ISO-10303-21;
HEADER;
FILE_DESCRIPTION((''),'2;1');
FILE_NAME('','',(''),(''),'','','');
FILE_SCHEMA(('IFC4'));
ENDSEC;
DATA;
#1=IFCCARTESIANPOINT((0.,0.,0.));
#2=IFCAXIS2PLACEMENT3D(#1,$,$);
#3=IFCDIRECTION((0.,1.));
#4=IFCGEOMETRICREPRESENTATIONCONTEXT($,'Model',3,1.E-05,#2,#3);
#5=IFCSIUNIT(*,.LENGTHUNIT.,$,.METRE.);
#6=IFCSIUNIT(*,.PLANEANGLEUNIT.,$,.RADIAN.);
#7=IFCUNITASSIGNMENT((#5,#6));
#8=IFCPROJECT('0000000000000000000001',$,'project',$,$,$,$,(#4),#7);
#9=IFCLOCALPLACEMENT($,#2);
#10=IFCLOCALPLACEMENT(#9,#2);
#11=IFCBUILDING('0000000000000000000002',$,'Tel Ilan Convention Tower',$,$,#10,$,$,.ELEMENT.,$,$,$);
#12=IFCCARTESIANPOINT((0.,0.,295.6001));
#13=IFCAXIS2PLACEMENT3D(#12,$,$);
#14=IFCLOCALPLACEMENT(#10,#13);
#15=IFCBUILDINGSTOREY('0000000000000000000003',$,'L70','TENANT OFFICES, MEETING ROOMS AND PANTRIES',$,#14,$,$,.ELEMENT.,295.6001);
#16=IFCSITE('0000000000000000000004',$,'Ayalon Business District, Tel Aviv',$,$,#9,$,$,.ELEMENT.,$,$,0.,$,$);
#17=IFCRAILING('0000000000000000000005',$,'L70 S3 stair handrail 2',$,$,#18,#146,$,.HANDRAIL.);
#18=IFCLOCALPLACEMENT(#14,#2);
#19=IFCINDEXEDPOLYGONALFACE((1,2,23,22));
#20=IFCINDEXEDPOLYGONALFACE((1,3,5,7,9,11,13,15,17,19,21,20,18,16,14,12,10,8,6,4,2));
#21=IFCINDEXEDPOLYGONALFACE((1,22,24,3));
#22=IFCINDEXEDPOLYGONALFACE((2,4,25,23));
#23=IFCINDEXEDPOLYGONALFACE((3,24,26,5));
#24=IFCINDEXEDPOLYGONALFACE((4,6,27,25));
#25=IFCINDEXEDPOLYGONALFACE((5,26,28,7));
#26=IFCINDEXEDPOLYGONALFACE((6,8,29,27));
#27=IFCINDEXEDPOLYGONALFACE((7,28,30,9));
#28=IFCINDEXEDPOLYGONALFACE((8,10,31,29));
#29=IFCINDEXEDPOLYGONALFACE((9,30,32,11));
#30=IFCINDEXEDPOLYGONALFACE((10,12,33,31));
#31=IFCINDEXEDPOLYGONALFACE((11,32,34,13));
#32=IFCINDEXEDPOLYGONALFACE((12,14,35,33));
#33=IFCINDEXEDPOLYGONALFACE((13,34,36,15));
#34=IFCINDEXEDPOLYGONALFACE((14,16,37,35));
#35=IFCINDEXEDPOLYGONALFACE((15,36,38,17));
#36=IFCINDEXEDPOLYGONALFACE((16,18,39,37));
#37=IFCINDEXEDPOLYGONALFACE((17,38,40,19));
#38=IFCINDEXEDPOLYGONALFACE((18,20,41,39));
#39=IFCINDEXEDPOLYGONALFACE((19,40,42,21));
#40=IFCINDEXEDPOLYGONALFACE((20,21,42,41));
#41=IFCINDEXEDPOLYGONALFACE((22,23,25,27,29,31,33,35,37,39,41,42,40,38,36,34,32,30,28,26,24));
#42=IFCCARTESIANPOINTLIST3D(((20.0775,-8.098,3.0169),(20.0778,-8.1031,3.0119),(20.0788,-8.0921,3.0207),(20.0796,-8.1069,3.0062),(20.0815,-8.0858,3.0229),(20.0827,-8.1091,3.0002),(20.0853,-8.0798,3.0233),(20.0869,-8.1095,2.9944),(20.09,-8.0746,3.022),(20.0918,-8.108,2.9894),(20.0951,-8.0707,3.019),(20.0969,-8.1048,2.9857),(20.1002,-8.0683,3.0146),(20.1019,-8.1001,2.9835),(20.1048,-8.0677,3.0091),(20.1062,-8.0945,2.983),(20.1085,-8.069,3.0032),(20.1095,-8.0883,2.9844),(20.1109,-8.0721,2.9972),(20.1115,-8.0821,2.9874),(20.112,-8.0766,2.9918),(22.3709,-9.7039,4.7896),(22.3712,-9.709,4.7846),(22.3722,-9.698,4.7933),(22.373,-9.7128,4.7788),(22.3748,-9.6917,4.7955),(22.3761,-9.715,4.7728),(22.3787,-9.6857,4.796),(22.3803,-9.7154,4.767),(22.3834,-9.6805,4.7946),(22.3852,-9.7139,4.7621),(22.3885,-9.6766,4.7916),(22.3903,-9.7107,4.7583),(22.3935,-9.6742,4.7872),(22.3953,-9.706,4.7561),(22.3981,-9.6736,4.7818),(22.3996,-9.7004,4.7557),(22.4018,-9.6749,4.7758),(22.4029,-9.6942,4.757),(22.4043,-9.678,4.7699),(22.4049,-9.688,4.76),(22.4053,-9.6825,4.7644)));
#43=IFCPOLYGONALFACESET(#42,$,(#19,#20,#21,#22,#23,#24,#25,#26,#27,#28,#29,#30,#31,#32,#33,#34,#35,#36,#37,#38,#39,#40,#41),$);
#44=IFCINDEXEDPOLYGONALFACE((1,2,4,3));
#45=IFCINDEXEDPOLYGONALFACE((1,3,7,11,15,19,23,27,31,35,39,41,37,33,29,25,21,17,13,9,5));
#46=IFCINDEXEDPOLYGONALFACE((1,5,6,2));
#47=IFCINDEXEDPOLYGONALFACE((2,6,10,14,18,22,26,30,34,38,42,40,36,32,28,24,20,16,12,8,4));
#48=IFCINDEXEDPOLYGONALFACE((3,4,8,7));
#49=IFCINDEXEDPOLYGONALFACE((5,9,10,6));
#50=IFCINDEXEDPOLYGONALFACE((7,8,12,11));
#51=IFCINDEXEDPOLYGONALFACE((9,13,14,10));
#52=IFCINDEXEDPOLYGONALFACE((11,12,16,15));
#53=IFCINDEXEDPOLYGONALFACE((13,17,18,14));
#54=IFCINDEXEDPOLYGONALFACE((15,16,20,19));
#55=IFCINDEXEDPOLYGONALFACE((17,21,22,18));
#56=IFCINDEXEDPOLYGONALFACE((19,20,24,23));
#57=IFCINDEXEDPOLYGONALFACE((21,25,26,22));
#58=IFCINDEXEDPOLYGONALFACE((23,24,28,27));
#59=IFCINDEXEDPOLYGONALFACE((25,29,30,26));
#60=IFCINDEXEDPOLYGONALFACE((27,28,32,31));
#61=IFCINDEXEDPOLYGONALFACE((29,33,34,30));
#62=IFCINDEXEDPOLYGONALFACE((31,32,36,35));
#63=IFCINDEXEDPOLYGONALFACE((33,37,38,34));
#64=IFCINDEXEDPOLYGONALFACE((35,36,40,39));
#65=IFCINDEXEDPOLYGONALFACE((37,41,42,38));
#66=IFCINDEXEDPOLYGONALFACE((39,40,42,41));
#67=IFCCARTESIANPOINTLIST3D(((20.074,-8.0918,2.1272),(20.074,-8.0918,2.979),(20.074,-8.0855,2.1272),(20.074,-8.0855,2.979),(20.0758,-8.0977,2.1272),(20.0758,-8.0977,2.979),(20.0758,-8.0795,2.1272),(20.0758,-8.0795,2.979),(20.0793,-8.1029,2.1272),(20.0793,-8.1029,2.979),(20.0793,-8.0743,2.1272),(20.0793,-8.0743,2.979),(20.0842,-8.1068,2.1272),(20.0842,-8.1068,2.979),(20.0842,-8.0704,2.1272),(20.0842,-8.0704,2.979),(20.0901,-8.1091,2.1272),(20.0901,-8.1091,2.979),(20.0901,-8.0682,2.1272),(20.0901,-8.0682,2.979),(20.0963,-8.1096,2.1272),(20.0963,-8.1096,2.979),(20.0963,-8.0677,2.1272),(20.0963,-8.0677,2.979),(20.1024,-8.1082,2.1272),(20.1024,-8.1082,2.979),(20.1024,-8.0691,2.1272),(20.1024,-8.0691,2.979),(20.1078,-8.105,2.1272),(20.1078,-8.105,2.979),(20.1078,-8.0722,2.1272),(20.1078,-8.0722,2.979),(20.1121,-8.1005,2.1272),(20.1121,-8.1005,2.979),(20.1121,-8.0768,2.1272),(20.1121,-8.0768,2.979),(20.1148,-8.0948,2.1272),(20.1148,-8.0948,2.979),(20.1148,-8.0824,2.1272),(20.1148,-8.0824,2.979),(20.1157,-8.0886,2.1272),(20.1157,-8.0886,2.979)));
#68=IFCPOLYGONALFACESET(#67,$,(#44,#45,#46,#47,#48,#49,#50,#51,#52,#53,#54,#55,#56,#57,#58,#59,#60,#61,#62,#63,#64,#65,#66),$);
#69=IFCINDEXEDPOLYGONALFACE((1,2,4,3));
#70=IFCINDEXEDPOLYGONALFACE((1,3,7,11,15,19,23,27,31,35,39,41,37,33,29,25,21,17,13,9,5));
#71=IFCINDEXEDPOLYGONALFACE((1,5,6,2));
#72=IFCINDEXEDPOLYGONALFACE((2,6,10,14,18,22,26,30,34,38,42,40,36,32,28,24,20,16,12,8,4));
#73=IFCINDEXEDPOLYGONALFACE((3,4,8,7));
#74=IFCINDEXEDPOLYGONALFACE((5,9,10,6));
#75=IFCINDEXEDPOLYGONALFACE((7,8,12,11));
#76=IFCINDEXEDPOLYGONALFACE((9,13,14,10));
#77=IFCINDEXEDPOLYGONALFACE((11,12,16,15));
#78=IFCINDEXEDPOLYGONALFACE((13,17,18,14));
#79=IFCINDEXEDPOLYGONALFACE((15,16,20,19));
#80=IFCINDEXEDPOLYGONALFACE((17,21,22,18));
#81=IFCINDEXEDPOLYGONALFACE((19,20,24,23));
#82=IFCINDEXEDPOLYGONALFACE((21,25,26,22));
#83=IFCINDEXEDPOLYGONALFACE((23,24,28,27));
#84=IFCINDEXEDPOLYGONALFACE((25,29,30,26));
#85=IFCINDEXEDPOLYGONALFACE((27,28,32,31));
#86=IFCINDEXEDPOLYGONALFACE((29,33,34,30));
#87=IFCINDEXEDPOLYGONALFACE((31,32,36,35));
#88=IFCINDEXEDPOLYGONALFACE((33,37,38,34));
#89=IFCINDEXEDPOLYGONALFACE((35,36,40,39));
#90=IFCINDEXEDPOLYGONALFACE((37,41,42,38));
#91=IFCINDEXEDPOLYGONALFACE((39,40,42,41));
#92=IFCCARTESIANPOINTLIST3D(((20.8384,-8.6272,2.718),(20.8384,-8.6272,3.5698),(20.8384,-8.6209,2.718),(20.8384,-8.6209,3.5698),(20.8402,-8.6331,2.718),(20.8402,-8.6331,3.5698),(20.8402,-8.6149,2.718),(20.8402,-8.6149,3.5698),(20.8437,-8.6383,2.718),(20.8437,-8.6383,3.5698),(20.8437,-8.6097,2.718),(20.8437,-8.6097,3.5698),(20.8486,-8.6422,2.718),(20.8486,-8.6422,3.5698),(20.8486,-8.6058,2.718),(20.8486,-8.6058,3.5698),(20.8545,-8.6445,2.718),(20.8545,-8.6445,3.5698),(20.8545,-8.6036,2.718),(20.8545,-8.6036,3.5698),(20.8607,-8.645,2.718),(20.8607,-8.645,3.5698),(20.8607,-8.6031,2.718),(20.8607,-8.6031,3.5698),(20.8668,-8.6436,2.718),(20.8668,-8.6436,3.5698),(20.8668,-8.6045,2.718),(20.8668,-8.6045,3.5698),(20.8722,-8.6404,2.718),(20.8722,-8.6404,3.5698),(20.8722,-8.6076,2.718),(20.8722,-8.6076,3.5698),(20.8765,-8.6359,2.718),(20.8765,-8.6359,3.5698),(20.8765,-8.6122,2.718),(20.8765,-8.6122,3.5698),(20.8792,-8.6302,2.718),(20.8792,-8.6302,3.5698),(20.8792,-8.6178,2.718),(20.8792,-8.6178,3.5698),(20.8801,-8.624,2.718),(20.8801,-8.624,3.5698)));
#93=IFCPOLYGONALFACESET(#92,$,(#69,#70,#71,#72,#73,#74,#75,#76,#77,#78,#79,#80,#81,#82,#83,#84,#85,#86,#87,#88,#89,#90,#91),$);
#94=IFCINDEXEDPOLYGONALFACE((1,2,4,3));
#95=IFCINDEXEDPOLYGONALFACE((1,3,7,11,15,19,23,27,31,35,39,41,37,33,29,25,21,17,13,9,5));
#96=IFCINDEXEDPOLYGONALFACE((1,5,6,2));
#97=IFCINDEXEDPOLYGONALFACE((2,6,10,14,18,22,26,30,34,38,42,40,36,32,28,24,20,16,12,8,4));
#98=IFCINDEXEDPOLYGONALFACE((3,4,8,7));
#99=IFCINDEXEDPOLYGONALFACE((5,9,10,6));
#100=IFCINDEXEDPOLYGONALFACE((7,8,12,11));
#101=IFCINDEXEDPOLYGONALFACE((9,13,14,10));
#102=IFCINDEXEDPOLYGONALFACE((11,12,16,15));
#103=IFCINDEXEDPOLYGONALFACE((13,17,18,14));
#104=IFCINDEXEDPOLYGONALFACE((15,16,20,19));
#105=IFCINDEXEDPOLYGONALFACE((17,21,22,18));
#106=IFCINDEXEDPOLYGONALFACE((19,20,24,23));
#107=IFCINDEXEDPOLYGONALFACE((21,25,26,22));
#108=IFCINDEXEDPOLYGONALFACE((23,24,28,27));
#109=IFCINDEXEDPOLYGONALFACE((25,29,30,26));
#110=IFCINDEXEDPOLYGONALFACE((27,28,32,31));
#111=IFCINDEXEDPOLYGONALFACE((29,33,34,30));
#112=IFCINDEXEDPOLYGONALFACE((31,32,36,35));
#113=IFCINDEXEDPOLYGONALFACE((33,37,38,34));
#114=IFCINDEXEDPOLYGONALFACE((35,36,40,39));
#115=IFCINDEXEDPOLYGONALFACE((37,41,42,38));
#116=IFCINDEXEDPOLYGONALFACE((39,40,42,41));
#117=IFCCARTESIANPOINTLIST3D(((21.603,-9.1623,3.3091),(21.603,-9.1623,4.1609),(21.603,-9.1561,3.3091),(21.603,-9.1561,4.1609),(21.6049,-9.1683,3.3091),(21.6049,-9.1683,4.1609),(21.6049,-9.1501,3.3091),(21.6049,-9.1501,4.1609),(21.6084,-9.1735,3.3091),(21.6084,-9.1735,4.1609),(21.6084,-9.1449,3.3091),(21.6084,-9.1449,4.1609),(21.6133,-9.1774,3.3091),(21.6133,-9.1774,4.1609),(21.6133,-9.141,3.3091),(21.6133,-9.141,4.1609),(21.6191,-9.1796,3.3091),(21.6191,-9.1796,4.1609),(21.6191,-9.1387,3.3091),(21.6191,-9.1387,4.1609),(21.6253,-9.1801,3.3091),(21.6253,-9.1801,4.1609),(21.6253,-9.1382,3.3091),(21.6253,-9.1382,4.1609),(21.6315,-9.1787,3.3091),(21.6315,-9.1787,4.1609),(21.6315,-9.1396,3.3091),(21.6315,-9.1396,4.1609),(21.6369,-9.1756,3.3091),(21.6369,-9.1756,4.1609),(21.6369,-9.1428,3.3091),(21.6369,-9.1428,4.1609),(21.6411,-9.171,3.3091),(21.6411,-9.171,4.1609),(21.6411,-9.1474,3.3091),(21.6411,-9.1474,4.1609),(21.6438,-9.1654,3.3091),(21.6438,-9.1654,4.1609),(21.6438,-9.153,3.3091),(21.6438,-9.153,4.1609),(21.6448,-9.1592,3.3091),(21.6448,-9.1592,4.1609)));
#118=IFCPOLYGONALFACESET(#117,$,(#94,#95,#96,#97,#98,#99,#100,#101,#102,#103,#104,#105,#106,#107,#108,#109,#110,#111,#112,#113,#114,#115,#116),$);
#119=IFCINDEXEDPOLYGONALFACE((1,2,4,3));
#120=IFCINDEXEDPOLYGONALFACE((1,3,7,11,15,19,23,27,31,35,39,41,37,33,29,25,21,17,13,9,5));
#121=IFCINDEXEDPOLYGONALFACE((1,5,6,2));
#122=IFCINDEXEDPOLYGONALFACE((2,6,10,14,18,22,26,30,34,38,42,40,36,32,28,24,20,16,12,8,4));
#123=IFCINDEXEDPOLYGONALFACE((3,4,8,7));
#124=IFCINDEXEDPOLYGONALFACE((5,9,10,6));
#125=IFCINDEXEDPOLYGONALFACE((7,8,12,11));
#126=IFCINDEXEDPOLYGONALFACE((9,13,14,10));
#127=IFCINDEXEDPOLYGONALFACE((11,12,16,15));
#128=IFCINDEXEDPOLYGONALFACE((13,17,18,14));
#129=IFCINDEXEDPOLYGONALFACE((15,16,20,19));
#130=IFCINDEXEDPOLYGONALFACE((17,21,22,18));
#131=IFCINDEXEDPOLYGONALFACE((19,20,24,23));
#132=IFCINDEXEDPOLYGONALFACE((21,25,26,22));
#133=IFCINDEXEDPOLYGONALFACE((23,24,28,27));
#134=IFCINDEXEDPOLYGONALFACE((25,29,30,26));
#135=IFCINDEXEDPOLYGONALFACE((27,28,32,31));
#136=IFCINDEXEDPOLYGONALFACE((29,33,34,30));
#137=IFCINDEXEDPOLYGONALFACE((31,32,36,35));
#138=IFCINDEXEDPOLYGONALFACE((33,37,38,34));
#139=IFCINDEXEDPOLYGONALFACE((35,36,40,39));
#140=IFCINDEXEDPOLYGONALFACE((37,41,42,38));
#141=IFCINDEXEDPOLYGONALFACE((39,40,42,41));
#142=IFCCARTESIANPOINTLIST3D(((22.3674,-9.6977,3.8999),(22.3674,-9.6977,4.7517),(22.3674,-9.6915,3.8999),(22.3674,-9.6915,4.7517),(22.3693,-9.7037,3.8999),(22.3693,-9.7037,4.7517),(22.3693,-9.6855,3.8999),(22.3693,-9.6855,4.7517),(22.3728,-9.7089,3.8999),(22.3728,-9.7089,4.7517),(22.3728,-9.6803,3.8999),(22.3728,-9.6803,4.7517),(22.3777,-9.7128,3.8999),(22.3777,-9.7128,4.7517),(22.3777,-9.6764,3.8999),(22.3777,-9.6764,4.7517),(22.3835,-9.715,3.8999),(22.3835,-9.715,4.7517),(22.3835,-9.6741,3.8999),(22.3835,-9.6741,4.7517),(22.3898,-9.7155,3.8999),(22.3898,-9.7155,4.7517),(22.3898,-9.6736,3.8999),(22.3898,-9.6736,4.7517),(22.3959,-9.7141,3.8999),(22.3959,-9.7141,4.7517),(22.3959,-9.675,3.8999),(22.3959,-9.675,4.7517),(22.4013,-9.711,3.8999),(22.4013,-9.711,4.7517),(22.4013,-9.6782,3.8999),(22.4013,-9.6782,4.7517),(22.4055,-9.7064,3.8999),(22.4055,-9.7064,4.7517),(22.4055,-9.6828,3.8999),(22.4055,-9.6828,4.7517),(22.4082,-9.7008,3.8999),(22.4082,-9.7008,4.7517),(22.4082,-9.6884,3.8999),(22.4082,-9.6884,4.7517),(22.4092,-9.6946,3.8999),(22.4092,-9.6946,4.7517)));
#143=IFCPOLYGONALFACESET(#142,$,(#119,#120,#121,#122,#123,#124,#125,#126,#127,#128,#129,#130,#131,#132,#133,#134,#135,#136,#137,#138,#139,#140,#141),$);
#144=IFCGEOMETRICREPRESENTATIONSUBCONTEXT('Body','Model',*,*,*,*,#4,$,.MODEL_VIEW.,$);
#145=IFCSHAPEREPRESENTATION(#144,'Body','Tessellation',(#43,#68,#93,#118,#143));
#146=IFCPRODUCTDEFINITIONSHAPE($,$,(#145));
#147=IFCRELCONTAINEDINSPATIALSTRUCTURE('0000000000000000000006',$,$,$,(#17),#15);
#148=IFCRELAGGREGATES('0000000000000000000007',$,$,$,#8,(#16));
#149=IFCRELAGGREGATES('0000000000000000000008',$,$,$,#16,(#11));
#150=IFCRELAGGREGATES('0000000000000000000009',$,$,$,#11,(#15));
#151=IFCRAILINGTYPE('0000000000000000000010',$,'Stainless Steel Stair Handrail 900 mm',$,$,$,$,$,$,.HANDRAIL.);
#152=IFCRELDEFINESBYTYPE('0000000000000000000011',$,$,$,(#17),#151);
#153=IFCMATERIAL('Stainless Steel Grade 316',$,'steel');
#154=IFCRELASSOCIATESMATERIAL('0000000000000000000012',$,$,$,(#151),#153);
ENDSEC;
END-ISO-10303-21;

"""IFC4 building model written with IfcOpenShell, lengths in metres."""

from ifc_helpers import new_model, si_unit, direction, frame, origin, origin_2d, place, context, subcontext, project, spatial, circle, extrude, material, type_object, element, save


model = new_model("IFC4")

# Units and contexts
model_context = context("Model", 3, precision=1e-05, world=origin(), true_north=direction((0.0, 1.0)))
body_context = subcontext(model_context, "Body", "Model", "MODEL_VIEW")
ifc_project = project(units=[si_unit("LENGTHUNIT", "METRE"), si_unit("PLANEANGLEUNIT", "RADIAN")], contexts=[model_context])

# Site, building, storey
site_placement = place(None, origin())
site = spatial("IfcSite", under=ifc_project, at=site_placement, Name="Ayalon Business District, Tel Aviv", CompositionType="ELEMENT", RefElevation=0.0)
building_placement = place(site_placement, origin())
building = spatial("IfcBuilding", under=site, at=building_placement, Name="Tel Ilan Convention Tower", CompositionType="ELEMENT")
storey_placement = place(building_placement, frame((0.0, 0.0, 295.6001)))
storey = spatial("IfcBuildingStorey", under=building, at=storey_placement, Name="L70", Description="TENANT OFFICES, MEETING ROOMS AND PANTRIES", CompositionType="ELEMENT", Elevation=295.6001)

# Railing
ifc_material_1 = material(Name="Stainless Steel Grade 316", Category="steel")
railing_type_1 = type_object("IfcRailingType", Name="Stainless Steel Stair Handrail 900 mm", PredefinedType="HANDRAIL", material=ifc_material_1)
railing_1_placement = place(storey_placement, frame((20.0947, -8.0886, 2.1272)))
element("IfcRailing", 1, at=railing_1_placement, inside=storey, type_object=railing_type_1, Name="L70 S3 stair handrail 2", PredefinedType="HANDRAIL", context=body_context, shape_type="SweptSolid", body=[
    extrude(circle(Radius=0.0239, at=origin_2d()), frame((0.0, 0.0, 0.876), z_axis=(0.692085, -0.484621, 0.53494), x_axis=(0.573591, 0.819142, 0.0)), (0.0, 0.0, 1.0), 3.3137),
    extrude(circle(Radius=0.021, at=origin_2d()), origin(), (0.0, 0.0, 1.0), 0.8518),
    extrude(circle(Radius=0.021, at=origin_2d()), frame((0.7644, -0.5354, 0.5908)), (0.0, 0.0, 1.0), 0.8518),
    extrude(circle(Radius=0.021, at=origin_2d()), frame((1.5291, -1.0706, 1.1819)), (0.0, 0.0, 1.0), 0.8518),
    extrude(circle(Radius=0.021, at=origin_2d()), frame((2.2935, -1.606, 1.7727)), (0.0, 0.0, 1.0), 0.8518),
])

save(model, "model.ifc")
